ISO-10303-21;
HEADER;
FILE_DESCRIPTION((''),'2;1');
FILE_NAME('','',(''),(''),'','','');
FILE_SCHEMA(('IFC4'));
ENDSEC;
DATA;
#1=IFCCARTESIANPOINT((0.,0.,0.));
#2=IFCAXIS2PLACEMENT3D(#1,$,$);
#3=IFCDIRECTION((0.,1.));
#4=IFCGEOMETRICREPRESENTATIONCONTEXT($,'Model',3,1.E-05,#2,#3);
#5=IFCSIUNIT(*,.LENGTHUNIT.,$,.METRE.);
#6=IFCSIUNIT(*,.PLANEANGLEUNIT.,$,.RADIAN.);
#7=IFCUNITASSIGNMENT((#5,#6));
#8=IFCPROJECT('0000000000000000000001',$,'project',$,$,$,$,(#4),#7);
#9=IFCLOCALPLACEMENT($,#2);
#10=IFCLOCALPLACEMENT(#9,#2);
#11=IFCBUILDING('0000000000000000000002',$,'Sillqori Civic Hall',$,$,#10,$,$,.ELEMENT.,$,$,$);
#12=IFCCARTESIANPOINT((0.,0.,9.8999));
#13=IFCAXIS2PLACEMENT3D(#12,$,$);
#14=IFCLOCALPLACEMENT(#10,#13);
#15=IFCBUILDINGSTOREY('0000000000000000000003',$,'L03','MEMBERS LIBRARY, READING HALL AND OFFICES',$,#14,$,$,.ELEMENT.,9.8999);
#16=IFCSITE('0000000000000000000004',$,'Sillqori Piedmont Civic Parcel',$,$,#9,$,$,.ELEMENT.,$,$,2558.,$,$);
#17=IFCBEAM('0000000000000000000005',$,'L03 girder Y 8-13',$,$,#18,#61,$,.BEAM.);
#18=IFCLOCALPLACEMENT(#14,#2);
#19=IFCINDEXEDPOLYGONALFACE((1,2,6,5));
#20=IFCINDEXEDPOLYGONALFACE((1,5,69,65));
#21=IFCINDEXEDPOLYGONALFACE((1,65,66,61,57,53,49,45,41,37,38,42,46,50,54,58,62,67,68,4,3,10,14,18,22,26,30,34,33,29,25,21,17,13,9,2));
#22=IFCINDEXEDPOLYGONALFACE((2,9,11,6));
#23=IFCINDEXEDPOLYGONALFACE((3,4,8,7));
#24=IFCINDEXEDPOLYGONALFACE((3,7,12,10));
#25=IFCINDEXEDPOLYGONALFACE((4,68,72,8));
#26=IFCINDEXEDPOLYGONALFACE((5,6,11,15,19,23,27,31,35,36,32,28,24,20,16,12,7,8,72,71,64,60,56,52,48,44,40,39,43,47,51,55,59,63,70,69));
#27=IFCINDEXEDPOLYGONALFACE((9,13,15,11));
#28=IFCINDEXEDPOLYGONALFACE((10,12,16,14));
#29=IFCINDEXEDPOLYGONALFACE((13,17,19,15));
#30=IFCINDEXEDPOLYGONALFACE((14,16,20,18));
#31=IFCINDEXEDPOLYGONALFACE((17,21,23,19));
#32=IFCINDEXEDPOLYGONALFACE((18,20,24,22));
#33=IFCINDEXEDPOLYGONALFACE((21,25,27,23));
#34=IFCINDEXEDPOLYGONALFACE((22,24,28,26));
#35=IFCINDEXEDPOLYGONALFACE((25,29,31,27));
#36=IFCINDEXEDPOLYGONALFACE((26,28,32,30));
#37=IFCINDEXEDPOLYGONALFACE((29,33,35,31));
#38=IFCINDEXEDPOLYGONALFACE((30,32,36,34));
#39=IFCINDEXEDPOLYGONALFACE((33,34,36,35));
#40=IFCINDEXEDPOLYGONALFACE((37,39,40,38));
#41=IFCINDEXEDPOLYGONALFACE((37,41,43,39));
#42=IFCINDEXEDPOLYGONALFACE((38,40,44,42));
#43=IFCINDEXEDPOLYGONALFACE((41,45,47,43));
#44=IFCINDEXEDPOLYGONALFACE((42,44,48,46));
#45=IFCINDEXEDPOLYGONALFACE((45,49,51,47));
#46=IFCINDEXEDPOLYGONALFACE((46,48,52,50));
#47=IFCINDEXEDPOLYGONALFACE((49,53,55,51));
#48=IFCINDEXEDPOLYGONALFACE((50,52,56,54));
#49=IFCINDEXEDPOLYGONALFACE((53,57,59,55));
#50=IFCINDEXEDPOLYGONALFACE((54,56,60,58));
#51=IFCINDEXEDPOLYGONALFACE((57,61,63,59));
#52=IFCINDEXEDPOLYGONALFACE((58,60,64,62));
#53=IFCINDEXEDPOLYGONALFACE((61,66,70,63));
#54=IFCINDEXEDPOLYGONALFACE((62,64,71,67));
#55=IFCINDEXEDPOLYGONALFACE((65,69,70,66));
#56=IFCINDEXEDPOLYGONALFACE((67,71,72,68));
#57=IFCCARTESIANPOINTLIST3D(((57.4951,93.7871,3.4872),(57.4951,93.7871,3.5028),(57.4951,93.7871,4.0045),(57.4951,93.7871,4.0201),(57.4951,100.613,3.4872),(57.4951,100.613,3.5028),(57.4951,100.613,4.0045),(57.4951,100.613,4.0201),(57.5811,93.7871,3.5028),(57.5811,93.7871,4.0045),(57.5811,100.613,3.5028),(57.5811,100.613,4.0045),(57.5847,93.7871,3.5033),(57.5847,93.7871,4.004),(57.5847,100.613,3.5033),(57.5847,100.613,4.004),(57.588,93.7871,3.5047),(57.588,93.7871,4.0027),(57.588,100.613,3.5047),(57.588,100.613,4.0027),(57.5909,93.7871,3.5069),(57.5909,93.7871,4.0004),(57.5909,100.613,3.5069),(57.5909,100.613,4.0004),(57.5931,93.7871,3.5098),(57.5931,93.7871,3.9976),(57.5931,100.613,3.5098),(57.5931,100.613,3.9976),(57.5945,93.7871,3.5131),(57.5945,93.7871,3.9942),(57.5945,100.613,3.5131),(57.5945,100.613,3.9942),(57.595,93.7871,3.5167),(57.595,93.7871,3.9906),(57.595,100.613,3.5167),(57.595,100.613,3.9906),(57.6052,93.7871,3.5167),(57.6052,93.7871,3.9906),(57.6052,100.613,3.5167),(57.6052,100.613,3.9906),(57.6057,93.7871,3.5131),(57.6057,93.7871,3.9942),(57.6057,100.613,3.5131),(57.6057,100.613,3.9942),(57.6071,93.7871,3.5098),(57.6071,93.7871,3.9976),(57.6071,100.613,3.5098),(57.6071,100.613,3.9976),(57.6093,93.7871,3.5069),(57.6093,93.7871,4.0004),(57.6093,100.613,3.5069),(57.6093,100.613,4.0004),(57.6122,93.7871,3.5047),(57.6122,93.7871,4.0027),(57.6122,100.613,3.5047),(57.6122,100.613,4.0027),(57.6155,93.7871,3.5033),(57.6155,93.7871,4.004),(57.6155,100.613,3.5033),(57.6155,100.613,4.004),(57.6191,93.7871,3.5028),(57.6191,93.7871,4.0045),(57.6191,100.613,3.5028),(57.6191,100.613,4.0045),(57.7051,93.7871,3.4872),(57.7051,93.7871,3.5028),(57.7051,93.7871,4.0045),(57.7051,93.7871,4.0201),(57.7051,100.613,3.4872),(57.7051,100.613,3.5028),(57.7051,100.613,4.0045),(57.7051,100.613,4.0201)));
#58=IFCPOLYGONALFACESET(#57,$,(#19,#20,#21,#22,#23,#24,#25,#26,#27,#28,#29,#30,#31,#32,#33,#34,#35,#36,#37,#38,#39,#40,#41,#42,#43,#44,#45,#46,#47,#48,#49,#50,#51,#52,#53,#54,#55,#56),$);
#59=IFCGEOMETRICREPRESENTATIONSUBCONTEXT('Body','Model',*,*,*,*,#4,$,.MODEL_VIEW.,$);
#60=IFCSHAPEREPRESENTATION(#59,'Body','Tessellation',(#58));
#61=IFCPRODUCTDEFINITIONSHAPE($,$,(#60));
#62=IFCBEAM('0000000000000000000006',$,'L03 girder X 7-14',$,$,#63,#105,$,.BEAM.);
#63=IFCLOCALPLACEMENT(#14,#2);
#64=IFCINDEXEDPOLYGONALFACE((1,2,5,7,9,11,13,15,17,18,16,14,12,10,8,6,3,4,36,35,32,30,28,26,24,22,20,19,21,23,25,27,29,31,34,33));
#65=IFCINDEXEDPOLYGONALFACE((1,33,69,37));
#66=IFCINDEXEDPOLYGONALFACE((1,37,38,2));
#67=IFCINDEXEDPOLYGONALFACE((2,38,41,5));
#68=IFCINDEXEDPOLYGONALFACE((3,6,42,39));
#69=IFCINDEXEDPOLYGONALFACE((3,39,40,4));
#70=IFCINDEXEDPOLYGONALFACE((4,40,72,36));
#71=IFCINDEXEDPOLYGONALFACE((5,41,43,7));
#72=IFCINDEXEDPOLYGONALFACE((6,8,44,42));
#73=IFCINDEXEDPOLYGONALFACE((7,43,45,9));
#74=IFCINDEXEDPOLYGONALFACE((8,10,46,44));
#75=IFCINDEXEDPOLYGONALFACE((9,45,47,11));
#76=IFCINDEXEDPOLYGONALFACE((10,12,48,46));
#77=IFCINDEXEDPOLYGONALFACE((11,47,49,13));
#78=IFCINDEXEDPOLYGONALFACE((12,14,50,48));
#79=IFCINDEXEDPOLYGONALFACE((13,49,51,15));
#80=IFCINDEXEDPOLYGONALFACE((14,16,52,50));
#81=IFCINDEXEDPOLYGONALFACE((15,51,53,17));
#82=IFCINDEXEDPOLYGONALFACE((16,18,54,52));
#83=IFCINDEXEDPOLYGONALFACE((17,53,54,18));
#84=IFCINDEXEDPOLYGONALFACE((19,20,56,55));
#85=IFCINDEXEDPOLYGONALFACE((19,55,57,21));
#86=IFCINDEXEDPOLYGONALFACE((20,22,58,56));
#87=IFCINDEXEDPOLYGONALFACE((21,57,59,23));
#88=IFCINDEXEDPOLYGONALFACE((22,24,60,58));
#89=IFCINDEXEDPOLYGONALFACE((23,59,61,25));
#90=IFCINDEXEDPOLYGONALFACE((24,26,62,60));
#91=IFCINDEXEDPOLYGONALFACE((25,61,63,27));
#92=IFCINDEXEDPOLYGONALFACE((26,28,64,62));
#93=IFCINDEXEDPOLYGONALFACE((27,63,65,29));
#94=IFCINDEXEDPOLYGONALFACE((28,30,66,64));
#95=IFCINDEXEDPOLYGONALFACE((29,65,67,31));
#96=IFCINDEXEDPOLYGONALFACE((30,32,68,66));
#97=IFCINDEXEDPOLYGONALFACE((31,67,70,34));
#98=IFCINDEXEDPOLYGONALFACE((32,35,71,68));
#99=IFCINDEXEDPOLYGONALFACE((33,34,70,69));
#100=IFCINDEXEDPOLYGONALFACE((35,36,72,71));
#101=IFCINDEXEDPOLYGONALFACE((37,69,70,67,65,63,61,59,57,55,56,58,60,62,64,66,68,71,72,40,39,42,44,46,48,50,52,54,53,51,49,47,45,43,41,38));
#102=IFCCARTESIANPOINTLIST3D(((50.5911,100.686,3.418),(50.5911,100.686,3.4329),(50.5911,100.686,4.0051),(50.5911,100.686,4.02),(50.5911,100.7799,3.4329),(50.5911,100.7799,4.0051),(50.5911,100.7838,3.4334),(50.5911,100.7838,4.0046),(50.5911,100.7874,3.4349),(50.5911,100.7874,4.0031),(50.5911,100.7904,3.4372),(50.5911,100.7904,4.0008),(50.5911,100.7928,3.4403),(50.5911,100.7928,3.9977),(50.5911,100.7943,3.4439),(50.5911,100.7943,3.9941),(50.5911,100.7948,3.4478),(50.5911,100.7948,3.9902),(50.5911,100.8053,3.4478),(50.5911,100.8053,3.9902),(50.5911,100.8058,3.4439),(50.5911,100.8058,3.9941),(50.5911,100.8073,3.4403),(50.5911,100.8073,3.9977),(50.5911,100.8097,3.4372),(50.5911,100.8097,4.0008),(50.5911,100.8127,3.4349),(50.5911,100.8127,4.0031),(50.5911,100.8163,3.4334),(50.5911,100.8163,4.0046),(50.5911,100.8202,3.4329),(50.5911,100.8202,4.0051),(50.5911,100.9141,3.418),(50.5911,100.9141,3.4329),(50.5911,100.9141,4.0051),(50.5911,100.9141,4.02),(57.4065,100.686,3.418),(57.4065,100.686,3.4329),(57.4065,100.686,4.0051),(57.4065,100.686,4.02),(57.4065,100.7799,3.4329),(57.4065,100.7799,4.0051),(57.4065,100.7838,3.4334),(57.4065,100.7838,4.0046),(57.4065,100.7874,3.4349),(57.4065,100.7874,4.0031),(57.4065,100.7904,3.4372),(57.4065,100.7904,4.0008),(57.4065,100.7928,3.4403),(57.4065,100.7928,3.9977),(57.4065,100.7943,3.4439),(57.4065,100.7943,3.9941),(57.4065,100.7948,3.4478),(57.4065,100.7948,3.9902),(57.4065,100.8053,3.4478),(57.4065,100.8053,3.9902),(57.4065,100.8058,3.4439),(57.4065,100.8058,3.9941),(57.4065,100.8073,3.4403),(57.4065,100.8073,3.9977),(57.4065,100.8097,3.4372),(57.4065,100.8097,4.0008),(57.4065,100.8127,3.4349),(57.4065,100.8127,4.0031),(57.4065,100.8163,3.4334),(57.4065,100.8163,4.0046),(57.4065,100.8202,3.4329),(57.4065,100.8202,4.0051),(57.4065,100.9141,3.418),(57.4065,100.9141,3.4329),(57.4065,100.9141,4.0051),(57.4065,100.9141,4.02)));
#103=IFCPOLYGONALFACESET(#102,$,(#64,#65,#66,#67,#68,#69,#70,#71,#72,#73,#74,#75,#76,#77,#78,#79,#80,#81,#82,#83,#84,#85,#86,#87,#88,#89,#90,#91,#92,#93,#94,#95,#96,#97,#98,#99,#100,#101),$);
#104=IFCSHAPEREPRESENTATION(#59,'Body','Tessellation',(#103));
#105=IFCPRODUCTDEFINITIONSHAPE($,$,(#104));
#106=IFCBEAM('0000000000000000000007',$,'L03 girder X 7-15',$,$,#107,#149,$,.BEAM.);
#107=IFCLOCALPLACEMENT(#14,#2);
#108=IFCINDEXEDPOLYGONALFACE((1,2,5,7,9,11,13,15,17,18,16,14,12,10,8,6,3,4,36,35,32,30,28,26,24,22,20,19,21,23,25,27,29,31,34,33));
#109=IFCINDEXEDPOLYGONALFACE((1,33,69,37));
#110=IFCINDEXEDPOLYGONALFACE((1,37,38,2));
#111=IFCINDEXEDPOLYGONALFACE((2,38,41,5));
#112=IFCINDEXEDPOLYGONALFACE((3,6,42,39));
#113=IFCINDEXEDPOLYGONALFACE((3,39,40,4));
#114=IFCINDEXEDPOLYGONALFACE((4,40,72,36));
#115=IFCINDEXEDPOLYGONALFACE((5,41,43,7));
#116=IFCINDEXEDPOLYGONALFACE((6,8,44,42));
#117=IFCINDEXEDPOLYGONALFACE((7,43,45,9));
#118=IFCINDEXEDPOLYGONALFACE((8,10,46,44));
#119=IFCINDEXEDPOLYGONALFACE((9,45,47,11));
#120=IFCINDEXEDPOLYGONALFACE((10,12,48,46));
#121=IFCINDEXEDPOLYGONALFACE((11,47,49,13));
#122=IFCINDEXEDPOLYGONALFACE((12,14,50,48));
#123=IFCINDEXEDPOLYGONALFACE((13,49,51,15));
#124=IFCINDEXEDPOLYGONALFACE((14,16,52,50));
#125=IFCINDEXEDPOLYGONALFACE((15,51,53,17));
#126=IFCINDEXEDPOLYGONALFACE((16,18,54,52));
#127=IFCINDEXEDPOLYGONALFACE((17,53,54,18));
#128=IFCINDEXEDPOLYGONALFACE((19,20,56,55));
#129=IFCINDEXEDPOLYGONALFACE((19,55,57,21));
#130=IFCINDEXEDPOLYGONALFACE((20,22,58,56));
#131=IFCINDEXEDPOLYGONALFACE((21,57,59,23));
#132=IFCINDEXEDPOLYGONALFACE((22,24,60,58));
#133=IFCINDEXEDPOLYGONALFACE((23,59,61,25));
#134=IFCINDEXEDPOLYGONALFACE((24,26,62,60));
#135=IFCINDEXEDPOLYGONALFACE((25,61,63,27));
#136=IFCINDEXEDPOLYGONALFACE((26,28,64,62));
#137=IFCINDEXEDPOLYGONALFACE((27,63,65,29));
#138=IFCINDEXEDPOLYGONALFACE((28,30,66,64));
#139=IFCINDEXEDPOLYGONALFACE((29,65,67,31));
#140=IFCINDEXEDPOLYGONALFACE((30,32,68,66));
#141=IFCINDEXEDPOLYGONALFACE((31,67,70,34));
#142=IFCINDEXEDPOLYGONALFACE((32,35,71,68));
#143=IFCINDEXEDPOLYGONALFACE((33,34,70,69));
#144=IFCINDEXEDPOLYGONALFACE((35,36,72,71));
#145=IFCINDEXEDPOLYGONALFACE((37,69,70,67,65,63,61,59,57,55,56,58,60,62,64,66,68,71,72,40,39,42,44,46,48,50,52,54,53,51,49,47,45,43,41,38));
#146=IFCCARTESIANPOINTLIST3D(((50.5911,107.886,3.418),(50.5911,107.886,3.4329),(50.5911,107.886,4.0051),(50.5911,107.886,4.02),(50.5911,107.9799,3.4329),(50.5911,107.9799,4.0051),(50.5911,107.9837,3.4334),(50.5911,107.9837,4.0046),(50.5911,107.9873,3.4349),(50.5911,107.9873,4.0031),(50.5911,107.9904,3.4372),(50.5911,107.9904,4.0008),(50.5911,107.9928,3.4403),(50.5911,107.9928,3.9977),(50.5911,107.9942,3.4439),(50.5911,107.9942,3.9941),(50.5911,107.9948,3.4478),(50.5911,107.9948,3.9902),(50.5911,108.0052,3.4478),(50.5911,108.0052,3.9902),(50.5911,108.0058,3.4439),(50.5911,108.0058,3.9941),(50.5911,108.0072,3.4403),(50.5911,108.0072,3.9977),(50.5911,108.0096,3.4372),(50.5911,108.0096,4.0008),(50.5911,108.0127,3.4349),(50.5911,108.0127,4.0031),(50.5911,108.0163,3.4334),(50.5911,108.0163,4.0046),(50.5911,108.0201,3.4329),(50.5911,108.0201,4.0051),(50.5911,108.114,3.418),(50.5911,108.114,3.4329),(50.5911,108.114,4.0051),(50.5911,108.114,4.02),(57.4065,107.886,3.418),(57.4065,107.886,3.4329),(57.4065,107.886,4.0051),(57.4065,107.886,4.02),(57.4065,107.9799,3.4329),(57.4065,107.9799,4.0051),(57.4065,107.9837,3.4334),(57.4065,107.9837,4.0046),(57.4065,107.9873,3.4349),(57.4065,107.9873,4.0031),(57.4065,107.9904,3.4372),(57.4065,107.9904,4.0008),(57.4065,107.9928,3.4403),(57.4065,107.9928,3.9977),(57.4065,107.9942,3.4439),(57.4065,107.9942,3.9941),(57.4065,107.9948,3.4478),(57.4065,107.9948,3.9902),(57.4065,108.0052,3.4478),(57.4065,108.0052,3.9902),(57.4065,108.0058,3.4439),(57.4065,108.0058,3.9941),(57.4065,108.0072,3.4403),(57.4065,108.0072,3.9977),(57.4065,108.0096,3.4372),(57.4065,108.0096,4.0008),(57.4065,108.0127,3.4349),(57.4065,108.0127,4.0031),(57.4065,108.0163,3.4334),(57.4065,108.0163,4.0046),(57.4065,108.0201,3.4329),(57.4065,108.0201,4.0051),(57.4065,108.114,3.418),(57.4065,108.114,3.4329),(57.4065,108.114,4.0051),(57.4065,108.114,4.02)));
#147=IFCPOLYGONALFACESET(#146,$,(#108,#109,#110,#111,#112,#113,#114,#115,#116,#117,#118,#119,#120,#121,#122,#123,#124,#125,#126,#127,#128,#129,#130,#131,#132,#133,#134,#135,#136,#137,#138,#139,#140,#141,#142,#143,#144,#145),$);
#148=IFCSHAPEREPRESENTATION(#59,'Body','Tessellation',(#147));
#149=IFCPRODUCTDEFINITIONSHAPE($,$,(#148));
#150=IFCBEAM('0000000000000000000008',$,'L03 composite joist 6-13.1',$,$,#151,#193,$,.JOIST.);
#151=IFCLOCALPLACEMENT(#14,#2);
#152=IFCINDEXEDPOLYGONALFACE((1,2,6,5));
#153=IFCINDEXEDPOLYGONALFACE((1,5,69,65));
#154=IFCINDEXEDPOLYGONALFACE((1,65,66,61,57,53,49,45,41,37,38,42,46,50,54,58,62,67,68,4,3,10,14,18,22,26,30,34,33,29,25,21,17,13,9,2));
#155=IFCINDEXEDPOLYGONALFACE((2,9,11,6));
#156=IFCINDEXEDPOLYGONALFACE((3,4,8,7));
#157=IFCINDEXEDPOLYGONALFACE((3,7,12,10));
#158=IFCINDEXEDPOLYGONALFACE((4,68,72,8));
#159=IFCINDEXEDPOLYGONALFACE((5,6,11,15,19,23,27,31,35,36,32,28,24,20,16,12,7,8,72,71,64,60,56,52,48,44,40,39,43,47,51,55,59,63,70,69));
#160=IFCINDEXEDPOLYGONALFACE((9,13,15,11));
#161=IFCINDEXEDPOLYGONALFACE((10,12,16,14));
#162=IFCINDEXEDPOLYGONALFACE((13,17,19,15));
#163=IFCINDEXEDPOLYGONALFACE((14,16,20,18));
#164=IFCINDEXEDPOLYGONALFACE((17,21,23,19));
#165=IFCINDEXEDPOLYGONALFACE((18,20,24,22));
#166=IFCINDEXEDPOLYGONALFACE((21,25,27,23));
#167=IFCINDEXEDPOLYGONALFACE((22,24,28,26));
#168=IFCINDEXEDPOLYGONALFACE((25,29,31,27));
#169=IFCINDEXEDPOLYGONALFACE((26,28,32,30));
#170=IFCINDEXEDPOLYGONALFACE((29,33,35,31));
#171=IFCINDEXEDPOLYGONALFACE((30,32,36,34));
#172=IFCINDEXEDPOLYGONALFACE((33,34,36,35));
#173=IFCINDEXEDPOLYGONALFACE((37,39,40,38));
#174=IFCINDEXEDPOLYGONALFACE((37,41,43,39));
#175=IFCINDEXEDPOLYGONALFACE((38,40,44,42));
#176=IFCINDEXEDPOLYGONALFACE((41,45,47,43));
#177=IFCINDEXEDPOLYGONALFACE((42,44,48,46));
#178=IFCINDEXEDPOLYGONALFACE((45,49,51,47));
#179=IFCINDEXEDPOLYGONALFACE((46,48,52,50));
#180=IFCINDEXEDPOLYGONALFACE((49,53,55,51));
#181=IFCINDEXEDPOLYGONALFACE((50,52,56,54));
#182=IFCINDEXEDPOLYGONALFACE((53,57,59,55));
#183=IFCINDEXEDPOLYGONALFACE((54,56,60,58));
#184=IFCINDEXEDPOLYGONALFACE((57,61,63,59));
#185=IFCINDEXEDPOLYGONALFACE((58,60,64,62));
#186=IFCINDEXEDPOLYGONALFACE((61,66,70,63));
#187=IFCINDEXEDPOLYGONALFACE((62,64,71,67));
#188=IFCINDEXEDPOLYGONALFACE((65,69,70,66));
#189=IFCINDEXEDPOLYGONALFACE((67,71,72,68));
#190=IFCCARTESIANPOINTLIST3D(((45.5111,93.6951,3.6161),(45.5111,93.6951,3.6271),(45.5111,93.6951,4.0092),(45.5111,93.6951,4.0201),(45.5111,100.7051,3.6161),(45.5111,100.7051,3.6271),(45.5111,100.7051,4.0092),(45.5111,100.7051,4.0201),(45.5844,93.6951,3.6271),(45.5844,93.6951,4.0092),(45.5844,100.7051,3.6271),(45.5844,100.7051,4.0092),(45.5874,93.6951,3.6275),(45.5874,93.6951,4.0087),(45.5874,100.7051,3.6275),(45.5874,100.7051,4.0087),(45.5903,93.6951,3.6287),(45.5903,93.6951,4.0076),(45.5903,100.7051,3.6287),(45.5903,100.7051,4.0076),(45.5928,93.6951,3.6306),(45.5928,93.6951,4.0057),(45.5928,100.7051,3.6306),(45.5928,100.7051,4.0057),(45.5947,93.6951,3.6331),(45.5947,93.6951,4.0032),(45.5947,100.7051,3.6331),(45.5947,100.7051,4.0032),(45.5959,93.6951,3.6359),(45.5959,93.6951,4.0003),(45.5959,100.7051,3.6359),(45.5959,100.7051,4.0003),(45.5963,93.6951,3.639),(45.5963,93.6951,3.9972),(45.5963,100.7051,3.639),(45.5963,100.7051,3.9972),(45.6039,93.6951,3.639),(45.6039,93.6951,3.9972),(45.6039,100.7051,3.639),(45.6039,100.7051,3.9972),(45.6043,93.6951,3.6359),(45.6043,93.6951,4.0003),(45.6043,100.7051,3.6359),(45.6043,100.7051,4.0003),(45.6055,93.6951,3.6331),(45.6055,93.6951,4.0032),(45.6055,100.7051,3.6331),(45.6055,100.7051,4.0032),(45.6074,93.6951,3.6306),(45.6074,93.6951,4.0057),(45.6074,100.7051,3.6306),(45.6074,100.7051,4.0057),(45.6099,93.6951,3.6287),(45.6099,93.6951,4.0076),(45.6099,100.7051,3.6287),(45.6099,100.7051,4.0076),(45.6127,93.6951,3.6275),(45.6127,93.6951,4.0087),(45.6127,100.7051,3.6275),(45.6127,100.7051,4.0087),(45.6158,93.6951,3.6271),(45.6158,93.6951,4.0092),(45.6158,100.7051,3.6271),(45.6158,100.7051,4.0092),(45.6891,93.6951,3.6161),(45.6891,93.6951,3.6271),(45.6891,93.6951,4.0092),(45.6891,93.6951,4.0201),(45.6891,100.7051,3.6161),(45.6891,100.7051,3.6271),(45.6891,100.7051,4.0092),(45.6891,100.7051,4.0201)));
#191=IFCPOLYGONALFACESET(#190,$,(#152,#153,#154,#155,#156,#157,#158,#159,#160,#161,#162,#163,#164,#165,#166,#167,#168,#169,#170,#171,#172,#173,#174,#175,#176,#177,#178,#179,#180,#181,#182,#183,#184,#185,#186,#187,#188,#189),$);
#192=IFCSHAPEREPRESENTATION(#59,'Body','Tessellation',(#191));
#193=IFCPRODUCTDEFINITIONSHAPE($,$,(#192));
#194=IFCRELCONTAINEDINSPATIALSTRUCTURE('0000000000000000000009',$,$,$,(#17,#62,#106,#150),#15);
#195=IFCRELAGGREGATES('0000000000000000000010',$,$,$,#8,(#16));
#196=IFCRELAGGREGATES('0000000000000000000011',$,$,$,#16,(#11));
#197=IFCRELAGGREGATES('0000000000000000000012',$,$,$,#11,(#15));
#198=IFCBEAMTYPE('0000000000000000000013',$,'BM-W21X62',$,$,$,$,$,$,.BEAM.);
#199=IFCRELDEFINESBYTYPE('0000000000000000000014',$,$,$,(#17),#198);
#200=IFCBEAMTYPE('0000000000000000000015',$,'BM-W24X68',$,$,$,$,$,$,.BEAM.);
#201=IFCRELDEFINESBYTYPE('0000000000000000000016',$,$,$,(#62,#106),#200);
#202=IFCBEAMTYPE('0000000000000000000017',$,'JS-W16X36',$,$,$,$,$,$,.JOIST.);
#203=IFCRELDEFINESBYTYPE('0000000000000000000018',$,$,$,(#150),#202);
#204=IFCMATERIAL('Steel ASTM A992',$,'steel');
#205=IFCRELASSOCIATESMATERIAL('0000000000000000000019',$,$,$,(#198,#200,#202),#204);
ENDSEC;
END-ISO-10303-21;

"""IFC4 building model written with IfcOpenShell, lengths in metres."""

from ifc_helpers import new_model, si_unit, direction, frame, origin, origin_2d, place, context, subcontext, project, spatial, i_section, extrude, material, material_profile, profile_set, type_object, element, save


model = new_model("IFC4")

# Units and contexts
model_context = context("Model", 3, precision=1e-05, world=origin(), true_north=direction((0.0, 1.0)))
body_context = subcontext(model_context, "Body", "Model", "MODEL_VIEW")
ifc_project = project(units=[si_unit("LENGTHUNIT", "METRE"), si_unit("PLANEANGLEUNIT", "RADIAN")], contexts=[model_context])

# Site, building, storey
site_placement = place(None, origin())
site = spatial("IfcSite", under=ifc_project, at=site_placement, Name="Sillqori Piedmont Civic Parcel", CompositionType="ELEMENT", RefElevation=2558.0)
building_placement = place(site_placement, origin())
building = spatial("IfcBuilding", under=site, at=building_placement, Name="Sillqori Civic Hall", CompositionType="ELEMENT")
storey_placement = place(building_placement, frame((0.0, 0.0, 9.8999)))
storey = spatial("IfcBuildingStorey", under=building, at=storey_placement, Name="L03", Description="MEMBERS LIBRARY, READING HALL AND OFFICES", CompositionType="ELEMENT", Elevation=9.8999)

# Shared definitions
ifc_material_1 = material(Name="Steel ASTM A992", Category="steel")

# Beams
ifc_material_profile_1 = material_profile(ifc_material_1, i_section(OverallWidth=0.21, OverallDepth=0.533, WebThickness=0.0103, FlangeThickness=0.0156, FilletRadius=0.0139, at=origin_2d()), Name="W21X62")
ifc_profile_set_1 = profile_set([ifc_material_profile_1], Name="Steel ASTM A992")
beam_type_1 = type_object("IfcBeamType", Name="BM-W21X62", PredefinedType="BEAM", material=ifc_profile_set_1)
beam_1_placement = place(storey_placement, frame((57.6001, 93.7871, 3.7537), z_axis=(0.0, 1.0, 0.0), x_axis=(-1.0, 0.0, 0.0)))
element("IfcBeam", 1, at=beam_1_placement, inside=storey, type_object=beam_type_1, Name="L03 girder Y 8-13", PredefinedType="BEAM", context=body_context, shape_type="SweptSolid", body=[
    extrude(i_section(OverallWidth=0.21, OverallDepth=0.533, WebThickness=0.0103, FlangeThickness=0.0156, FilletRadius=0.0139, at=origin_2d()), origin(), (0.0, 0.0, 1.0), 6.8259),
])
ifc_material_profile_2 = material_profile(ifc_material_1, i_section(OverallWidth=0.228, OverallDepth=0.6021, WebThickness=0.0105, FlangeThickness=0.0149, FilletRadius=0.0149, at=origin_2d()), Name="W24X68")
ifc_profile_set_2 = profile_set([ifc_material_profile_2], Name="Steel ASTM A992")
beam_type_2 = type_object("IfcBeamType", Name="BM-W24X68", PredefinedType="BEAM", material=ifc_profile_set_2)
for number, where, z_axis, x_axis, name in (
    (2, (50.5911, 100.8, 3.719), (1.0, 0.0, 0.0), (0.0, 1.0, 0.0), "L03 girder X 7-14"),
    (3, (50.5911, 108.0, 3.719), (1.0, 0.0, 0.0), (0.0, 1.0, 0.0), "L03 girder X 7-15"),
):
    element("IfcBeam", number, at=place(storey_placement, frame(where, z_axis=z_axis, x_axis=x_axis)), inside=storey, type_object=beam_type_2, Name=name, PredefinedType="BEAM", context=body_context, shape_type="SweptSolid", body=[
        extrude(i_section(OverallWidth=0.228, OverallDepth=0.6021, WebThickness=0.0105, FlangeThickness=0.0149, FilletRadius=0.0149, at=origin_2d()), origin(), (0.0, 0.0, 1.0), 6.8154),
    ])
ifc_material_profile_3 = material_profile(ifc_material_1, i_section(OverallWidth=0.178, OverallDepth=0.4041, WebThickness=0.0076, FlangeThickness=0.011, FilletRadius=0.012, at=origin_2d()), Name="W16X36")
ifc_profile_set_3 = profile_set([ifc_material_profile_3], Name="Steel ASTM A992")
beam_type_3 = type_object("IfcBeamType", Name="JS-W16X36", PredefinedType="JOIST", material=ifc_profile_set_3)
for number, where, z_axis, x_axis, name in (
    (4, (45.6001, 93.6951, 3.8181), (0.0, 1.0, 0.0), (-1.0, 0.0, 0.0), "L03 composite joist 6-13.1"),
):
    element("IfcBeam", number, at=place(storey_placement, frame(where, z_axis=z_axis, x_axis=x_axis)), inside=storey, type_object=beam_type_3, Name=name, PredefinedType="JOIST", context=body_context, shape_type="SweptSolid", body=[
        extrude(i_section(OverallWidth=0.178, OverallDepth=0.4041, WebThickness=0.0076, FlangeThickness=0.011, FilletRadius=0.012, at=origin_2d()), origin(), (0.0, 0.0, 1.0), 7.01),
    ])

save(model, "model.ifc")
